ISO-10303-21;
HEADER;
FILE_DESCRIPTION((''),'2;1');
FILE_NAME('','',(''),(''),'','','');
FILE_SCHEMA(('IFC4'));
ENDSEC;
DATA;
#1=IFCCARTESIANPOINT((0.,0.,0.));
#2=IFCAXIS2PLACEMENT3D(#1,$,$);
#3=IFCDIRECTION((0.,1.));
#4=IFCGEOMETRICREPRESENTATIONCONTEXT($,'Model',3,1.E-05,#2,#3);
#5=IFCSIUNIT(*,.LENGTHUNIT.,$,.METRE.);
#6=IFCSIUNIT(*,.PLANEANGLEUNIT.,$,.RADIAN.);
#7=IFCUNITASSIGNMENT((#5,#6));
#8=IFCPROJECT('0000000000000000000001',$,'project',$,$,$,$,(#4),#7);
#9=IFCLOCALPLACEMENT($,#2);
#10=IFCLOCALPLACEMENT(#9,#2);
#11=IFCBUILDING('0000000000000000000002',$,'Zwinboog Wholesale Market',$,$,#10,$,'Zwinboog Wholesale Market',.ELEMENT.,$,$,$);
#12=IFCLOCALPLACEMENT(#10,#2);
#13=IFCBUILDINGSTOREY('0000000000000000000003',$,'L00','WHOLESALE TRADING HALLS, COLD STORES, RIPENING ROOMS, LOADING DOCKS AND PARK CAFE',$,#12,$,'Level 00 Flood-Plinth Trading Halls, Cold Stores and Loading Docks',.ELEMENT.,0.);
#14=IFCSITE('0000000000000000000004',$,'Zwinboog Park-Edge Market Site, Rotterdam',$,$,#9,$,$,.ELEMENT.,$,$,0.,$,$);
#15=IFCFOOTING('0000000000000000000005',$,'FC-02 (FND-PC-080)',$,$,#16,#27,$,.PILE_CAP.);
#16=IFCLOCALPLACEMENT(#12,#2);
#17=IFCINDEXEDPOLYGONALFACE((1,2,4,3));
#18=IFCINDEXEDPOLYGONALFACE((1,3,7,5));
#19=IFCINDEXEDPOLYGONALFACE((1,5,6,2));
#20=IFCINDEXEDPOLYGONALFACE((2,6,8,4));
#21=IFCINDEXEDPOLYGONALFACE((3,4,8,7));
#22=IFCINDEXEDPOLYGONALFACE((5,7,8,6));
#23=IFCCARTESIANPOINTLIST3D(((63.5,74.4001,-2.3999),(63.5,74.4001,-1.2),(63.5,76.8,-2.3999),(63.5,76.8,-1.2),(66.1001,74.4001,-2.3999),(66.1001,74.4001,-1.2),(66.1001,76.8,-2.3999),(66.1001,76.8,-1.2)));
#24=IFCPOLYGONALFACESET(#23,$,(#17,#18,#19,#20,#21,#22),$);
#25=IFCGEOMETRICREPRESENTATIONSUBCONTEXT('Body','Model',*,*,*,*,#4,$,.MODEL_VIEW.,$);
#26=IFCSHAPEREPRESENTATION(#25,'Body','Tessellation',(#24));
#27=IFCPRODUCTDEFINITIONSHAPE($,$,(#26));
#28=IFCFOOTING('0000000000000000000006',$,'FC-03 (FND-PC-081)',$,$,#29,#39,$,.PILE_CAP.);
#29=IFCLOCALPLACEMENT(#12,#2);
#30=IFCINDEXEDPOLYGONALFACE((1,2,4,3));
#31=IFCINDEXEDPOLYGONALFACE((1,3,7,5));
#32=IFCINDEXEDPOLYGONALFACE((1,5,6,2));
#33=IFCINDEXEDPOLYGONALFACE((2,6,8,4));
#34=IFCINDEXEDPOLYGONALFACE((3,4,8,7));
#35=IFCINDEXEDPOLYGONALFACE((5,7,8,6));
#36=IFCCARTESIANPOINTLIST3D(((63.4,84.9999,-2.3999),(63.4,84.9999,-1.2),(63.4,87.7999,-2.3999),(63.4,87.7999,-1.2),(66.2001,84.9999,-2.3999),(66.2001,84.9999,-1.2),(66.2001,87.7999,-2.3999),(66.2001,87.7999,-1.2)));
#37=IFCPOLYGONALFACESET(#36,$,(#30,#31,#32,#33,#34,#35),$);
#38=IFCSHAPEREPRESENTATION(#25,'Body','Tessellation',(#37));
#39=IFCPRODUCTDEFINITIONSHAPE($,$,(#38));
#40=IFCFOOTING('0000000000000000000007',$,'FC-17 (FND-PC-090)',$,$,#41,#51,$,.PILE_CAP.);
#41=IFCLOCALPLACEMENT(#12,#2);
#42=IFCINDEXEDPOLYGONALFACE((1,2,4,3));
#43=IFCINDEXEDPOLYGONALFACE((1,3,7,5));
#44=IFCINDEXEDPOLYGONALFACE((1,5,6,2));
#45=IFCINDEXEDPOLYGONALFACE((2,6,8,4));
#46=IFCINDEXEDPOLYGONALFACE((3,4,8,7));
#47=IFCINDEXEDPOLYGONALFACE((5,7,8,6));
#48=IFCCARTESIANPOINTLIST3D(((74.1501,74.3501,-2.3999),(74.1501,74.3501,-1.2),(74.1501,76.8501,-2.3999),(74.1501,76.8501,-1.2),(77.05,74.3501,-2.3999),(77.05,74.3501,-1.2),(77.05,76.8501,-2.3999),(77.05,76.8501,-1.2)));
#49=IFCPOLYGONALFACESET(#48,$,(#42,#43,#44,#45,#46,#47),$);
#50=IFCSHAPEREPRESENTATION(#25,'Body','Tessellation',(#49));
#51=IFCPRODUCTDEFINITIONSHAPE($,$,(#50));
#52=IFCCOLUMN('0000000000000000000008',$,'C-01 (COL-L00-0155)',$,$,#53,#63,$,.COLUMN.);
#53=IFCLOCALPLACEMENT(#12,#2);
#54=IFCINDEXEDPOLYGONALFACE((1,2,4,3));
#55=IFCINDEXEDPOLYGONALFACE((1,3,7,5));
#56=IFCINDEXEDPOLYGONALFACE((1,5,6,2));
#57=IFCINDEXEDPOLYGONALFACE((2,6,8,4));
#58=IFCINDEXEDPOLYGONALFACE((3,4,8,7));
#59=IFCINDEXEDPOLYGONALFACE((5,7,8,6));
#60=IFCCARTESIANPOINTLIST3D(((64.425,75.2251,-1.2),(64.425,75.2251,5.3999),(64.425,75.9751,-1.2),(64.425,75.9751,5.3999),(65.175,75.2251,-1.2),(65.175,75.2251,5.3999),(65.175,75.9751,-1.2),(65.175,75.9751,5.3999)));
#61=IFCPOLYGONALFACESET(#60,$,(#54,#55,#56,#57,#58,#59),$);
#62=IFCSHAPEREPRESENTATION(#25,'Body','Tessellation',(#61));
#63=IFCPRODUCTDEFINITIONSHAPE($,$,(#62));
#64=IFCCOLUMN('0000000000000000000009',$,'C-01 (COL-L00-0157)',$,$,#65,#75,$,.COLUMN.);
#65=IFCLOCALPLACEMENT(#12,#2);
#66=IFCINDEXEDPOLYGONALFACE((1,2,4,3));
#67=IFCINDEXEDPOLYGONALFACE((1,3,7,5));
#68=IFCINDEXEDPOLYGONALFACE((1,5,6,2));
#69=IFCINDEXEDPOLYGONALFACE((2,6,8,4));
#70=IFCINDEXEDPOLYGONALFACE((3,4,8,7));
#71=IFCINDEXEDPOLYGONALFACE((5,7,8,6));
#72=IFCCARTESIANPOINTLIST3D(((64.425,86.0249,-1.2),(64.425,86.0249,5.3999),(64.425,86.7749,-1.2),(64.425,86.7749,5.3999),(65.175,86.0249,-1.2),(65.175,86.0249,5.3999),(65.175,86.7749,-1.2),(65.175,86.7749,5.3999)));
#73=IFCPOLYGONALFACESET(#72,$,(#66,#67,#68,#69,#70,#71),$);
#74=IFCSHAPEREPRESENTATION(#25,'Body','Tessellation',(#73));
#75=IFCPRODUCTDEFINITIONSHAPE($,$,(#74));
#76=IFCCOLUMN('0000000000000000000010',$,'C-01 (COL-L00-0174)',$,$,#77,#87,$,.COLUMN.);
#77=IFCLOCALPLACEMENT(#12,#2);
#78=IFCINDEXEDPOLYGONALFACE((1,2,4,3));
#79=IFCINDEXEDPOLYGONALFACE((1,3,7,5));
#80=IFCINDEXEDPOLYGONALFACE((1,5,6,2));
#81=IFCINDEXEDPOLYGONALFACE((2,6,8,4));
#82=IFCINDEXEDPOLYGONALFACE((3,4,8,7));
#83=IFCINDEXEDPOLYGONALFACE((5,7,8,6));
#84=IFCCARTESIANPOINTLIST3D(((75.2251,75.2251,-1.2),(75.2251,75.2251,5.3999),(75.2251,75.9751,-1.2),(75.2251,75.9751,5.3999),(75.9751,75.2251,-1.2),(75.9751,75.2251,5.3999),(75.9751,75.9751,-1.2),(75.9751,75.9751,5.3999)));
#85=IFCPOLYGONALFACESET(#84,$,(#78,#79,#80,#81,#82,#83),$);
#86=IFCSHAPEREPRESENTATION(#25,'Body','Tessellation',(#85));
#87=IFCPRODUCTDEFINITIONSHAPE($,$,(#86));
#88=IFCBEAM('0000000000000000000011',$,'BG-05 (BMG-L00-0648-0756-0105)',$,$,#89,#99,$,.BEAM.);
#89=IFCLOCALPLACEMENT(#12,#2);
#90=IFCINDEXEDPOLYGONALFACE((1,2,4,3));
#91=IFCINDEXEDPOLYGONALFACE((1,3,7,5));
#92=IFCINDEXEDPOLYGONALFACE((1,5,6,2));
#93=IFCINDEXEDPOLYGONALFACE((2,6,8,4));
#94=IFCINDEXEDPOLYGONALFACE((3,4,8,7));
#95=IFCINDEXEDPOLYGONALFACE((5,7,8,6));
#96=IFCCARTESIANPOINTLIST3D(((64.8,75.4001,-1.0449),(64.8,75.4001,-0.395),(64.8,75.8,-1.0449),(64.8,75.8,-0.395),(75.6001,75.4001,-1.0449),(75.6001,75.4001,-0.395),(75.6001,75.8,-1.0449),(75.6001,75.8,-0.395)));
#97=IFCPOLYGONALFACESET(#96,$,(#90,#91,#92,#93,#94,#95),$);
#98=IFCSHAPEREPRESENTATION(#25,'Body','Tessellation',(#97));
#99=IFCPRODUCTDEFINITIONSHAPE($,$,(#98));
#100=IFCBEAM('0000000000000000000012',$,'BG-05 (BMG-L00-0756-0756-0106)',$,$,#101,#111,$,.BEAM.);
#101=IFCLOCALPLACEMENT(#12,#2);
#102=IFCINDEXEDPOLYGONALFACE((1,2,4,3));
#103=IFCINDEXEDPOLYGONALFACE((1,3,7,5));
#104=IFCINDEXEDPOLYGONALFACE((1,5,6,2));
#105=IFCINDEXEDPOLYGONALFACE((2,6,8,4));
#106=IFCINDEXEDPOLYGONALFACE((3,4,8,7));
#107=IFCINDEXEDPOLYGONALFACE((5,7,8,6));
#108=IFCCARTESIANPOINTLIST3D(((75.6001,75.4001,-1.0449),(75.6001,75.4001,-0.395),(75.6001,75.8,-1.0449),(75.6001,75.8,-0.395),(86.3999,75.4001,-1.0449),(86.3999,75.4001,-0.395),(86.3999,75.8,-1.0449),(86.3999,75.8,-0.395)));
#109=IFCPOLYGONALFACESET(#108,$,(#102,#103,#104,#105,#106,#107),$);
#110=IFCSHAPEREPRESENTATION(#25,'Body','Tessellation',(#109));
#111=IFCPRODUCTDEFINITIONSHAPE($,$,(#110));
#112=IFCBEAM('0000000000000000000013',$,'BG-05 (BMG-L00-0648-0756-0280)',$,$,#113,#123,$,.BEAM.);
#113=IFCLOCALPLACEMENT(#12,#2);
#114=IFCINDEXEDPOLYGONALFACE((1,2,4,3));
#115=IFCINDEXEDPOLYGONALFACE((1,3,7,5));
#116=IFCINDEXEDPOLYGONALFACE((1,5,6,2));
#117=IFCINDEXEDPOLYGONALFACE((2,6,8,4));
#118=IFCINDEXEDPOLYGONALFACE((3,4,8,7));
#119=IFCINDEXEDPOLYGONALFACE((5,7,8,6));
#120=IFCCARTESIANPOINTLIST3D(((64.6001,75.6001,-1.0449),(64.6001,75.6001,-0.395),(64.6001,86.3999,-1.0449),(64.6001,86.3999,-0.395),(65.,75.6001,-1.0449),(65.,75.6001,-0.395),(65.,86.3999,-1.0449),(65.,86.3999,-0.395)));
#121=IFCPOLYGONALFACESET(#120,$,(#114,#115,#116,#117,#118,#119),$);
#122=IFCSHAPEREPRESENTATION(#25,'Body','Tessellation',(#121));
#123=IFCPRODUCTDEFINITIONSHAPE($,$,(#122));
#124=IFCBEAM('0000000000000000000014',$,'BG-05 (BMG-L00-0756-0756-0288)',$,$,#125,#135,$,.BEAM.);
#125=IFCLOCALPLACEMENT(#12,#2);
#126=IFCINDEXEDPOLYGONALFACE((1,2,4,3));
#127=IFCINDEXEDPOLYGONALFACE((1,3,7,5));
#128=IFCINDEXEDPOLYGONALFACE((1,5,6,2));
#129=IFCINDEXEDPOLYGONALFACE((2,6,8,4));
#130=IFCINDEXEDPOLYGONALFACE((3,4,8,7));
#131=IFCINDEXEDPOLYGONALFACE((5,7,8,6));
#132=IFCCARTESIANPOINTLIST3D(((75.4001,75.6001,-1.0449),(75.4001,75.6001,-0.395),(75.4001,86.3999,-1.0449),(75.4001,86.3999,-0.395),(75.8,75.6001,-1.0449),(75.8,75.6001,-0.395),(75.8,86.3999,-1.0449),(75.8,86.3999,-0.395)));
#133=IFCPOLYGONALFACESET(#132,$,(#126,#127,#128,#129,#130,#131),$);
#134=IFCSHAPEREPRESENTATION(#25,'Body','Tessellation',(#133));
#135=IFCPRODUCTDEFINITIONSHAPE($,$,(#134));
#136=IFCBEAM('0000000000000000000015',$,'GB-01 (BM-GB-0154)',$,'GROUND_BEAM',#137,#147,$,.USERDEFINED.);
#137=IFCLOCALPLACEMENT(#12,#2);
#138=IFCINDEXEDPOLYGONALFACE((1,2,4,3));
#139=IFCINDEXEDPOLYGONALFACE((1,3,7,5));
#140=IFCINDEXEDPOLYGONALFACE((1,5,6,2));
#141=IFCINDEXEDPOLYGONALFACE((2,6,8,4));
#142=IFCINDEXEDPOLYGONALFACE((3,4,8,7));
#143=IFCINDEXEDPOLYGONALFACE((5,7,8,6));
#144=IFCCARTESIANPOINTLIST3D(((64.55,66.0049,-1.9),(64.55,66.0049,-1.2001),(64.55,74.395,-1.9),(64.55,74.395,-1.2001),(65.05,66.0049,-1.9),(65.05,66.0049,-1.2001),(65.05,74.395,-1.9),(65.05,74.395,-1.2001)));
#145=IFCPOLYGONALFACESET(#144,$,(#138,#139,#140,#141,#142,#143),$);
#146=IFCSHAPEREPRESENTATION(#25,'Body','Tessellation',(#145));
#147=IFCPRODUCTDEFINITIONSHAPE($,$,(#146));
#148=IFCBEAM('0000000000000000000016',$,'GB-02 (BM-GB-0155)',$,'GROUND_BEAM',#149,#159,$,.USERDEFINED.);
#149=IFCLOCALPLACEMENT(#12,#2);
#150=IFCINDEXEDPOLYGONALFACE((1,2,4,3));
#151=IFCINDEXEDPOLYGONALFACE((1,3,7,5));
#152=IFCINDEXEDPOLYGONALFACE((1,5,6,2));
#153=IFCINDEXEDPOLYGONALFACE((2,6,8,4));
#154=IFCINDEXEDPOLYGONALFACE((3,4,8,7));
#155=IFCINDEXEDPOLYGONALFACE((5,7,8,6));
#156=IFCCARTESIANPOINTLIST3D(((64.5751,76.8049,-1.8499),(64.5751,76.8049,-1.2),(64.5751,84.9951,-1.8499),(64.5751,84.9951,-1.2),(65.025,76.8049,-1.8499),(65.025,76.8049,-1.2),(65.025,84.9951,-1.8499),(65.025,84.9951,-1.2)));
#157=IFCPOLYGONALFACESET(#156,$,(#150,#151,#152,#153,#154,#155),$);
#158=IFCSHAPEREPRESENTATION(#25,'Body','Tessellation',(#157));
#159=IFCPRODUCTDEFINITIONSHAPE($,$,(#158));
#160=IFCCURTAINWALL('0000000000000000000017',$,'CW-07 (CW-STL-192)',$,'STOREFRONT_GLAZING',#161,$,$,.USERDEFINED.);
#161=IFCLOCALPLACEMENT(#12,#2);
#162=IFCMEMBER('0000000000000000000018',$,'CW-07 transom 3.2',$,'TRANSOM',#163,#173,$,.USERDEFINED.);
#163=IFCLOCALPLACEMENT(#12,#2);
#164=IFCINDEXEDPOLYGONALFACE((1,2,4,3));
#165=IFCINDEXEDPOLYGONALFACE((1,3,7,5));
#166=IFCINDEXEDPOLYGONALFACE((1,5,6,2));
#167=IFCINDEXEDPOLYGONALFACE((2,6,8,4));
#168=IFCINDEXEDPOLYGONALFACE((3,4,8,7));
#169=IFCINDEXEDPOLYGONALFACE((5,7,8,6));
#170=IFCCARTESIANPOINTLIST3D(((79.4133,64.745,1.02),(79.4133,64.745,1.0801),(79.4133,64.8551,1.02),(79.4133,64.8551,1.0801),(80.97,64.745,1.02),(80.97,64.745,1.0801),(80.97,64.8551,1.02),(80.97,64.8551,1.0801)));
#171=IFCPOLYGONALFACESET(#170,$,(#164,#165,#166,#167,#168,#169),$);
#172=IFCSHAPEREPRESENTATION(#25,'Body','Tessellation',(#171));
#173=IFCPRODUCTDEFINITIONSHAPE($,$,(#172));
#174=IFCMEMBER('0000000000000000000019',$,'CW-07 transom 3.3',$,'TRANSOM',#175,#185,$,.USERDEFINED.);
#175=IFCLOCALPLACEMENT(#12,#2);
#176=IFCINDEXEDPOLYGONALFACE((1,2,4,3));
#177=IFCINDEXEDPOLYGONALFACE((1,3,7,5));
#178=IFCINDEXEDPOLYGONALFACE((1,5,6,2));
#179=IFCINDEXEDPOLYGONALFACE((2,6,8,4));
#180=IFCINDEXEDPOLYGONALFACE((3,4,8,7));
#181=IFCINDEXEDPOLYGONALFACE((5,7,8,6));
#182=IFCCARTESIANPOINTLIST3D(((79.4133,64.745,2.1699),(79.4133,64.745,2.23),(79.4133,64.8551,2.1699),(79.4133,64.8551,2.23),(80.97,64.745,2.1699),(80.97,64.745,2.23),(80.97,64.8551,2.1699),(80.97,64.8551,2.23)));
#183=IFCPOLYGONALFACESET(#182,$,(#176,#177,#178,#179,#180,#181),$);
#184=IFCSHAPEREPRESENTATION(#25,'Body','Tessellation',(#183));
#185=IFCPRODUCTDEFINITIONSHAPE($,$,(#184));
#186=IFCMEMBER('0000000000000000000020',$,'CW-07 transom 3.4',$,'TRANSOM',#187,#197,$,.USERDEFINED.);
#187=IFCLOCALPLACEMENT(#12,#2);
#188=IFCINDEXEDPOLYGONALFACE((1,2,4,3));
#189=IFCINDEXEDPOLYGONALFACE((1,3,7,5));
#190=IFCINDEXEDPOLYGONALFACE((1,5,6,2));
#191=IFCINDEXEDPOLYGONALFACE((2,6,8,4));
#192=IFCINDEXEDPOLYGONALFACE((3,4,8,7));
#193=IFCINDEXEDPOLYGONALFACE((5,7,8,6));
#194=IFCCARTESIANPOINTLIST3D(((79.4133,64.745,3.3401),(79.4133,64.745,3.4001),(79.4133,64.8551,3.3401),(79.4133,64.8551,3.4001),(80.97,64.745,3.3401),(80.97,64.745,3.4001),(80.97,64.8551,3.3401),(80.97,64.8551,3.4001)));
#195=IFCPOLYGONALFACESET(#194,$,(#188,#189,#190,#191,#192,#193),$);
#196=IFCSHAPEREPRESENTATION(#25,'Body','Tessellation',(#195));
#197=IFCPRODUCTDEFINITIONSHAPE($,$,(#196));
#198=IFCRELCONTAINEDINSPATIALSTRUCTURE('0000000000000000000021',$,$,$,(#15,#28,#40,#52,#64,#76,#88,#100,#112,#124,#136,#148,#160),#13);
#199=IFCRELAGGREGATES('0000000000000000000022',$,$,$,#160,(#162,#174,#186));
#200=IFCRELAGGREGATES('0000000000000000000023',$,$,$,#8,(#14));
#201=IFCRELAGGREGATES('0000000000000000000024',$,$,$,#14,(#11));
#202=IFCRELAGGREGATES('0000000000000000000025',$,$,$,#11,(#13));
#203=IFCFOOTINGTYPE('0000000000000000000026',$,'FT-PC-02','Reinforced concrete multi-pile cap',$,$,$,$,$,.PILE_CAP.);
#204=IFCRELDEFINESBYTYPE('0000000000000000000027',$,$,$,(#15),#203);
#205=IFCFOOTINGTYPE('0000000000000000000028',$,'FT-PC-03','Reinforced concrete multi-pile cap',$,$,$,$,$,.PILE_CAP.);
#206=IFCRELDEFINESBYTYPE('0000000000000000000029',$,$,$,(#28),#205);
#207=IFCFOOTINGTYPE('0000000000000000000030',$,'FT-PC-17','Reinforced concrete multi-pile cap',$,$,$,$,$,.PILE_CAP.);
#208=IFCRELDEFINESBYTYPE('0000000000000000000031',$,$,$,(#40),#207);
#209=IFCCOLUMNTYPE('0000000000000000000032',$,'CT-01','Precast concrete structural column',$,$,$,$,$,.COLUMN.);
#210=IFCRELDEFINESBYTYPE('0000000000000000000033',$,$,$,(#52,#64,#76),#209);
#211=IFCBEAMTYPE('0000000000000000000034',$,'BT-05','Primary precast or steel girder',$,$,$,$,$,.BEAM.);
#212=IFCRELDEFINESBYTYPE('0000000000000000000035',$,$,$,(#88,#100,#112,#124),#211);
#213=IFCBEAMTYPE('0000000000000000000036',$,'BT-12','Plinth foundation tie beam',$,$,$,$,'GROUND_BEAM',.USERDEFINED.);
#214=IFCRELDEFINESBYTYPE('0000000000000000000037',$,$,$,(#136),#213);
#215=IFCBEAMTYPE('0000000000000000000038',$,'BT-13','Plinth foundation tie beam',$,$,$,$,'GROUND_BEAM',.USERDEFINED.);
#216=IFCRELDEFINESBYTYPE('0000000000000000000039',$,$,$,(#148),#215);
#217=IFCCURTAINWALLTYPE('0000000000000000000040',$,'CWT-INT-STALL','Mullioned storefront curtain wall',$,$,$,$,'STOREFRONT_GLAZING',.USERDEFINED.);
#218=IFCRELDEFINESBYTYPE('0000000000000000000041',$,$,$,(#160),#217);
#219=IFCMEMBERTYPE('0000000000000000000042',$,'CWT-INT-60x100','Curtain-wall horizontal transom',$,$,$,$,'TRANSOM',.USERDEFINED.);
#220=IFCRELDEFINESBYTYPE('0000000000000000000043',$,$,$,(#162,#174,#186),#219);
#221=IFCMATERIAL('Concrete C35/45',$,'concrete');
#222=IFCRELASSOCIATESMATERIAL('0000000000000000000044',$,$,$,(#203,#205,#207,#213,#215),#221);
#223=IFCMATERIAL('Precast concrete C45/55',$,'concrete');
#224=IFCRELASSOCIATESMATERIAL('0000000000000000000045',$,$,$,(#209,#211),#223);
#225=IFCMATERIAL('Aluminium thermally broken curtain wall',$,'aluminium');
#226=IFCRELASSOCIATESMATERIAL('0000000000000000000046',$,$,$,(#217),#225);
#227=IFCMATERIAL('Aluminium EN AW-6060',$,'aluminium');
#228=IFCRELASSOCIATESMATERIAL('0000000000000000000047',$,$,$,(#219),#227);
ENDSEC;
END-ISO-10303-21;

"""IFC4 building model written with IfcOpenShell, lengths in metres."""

from ifc_helpers import new_model, si_unit, direction, frame, origin, origin_2d, place, context, subcontext, project, spatial, rectangle, extrude, material, material_profile, profile_set, type_object, element, aggregate, save


model = new_model("IFC4")

# Units and contexts
model_context = context("Model", 3, precision=1e-05, world=origin(), true_north=direction((0.0, 1.0)))
body_context = subcontext(model_context, "Body", "Model", "MODEL_VIEW")
ifc_project = project(units=[si_unit("LENGTHUNIT", "METRE"), si_unit("PLANEANGLEUNIT", "RADIAN")], contexts=[model_context])

# Site, building, storey
site_placement = place(None, origin())
site = spatial("IfcSite", under=ifc_project, at=site_placement, Name="Zwinboog Park-Edge Market Site, Rotterdam", CompositionType="ELEMENT", RefElevation=0.0)
building_placement = place(site_placement, origin())
building = spatial("IfcBuilding", under=site, at=building_placement, Name="Zwinboog Wholesale Market", LongName="Zwinboog Wholesale Market", CompositionType="ELEMENT")
storey_placement = place(building_placement, origin())
storey = spatial("IfcBuildingStorey", under=building, at=storey_placement, Name="L00", Description="WHOLESALE TRADING HALLS, COLD STORES, RIPENING ROOMS, LOADING DOCKS AND PARK CAFE", LongName="Level 00 Flood-Plinth Trading Halls, Cold Stores and Loading Docks", CompositionType="ELEMENT", Elevation=0.0)

# Footings
ifc_material_1 = material(Name="Concrete C35/45", Category="concrete")
footing_type_1 = type_object("IfcFootingType", Name="FT-PC-02", Description="Reinforced concrete multi-pile cap", PredefinedType="PILE_CAP", material=ifc_material_1)
footing_1_placement = place(storey_placement, frame((64.8, 75.6001, -2.3999), z_axis=(0.0, 0.0, 1.0), x_axis=(1.0, 0.0, 0.0)))
element("IfcFooting", 1, at=footing_1_placement, inside=storey, type_object=footing_type_1, Name="FC-02 (FND-PC-080)", PredefinedType="PILE_CAP", context=body_context, shape_type="SweptSolid", body=[
    extrude(rectangle(XDim=2.6001, YDim=2.3999, at=origin_2d()), origin(), (0.0, 0.0, 1.0), 1.2),
])
footing_type_2 = type_object("IfcFootingType", Name="FT-PC-03", Description="Reinforced concrete multi-pile cap", PredefinedType="PILE_CAP", material=ifc_material_1)
footing_2_placement = place(storey_placement, frame((64.8, 86.3999, -2.3999), z_axis=(0.0, 0.0, 1.0), x_axis=(1.0, 0.0, 0.0)))
element("IfcFooting", 2, at=footing_2_placement, inside=storey, type_object=footing_type_2, Name="FC-03 (FND-PC-081)", PredefinedType="PILE_CAP", context=body_context, shape_type="SweptSolid", body=[
    extrude(rectangle(XDim=2.8, YDim=2.8, at=origin_2d()), origin(), (0.0, 0.0, 1.0), 1.2),
])
footing_type_3 = type_object("IfcFootingType", Name="FT-PC-17", Description="Reinforced concrete multi-pile cap", PredefinedType="PILE_CAP", material=ifc_material_1)
footing_3_placement = place(storey_placement, frame((75.6001, 75.6001, -2.3999), z_axis=(0.0, 0.0, 1.0), x_axis=(1.0, 0.0, 0.0)))
element("IfcFooting", 3, at=footing_3_placement, inside=storey, type_object=footing_type_3, Name="FC-17 (FND-PC-090)", PredefinedType="PILE_CAP", context=body_context, shape_type="SweptSolid", body=[
    extrude(rectangle(XDim=2.8999, YDim=2.5, at=origin_2d()), origin(), (0.0, 0.0, 1.0), 1.2),
])

# Columns
ifc_material_2 = material(Name="Precast concrete C45/55", Category="concrete")
ifc_material_profile_1 = material_profile(ifc_material_2, rectangle(XDim=0.75, YDim=0.75, at=origin_2d()), Name="PC 750x750")
ifc_profile_set_1 = profile_set([ifc_material_profile_1], Name="Precast concrete C45/55")
column_type = type_object("IfcColumnType", Name="CT-01", Description="Precast concrete structural column", PredefinedType="COLUMN", material=ifc_profile_set_1)
for number, where, z_axis, x_axis, name in (
    (4, (64.8, 75.6001, -1.2), (0.0, 0.0, 1.0), (1.0, 0.0, 0.0), "C-01 (COL-L00-0155)"),
    (5, (64.8, 86.3999, -1.2), (0.0, 0.0, 1.0), (1.0, 0.0, 0.0), "C-01 (COL-L00-0157)"),
    (6, (75.6001, 75.6001, -1.2), (0.0, 0.0, 1.0), (1.0, 0.0, 0.0), "C-01 (COL-L00-0174)"),
):
    element("IfcColumn", number, at=place(storey_placement, frame(where, z_axis=z_axis, x_axis=x_axis)), inside=storey, type_object=column_type, Name=name, PredefinedType="COLUMN", context=body_context, shape_type="SweptSolid", body=[
        extrude(rectangle(XDim=0.75, YDim=0.75, at=origin_2d()), origin(), (0.0, 0.0, 1.0), 6.5999),
    ])

# Beams
ifc_material_profile_2 = material_profile(ifc_material_2, rectangle(XDim=0.3999, YDim=0.6499, at=origin_2d()), Name="PC 400x650")
ifc_profile_set_2 = profile_set([ifc_material_profile_2], Name="Precast concrete C45/55")
beam_type_1 = type_object("IfcBeamType", Name="BT-05", Description="Primary precast or steel girder", PredefinedType="BEAM", material=ifc_profile_set_2)
beam_1_placement = place(storey_placement, frame((64.8, 75.6001, -0.72), z_axis=(1.0, 0.0, 0.0), x_axis=(0.0, 1.0, 0.0)))
element("IfcBeam", 7, at=beam_1_placement, inside=storey, type_object=beam_type_1, Name="BG-05 (BMG-L00-0648-0756-0105)", PredefinedType="BEAM", context=body_context, shape_type="SweptSolid", body=[
    extrude(rectangle(XDim=0.3999, YDim=0.6499, at=origin_2d()), origin(), (0.0, 0.0, 1.0), 10.8),
])
for number, where, z_axis, x_axis, name in (
    (8, (75.6001, 75.6001, -0.72), (1.0, 0.0, 0.0), (0.0, 1.0, 0.0), "BG-05 (BMG-L00-0756-0756-0106)"),
    (9, (64.8, 75.6001, -0.72), (0.0, 1.0, 0.0), (-1.0, 0.0, 0.0), "BG-05 (BMG-L00-0648-0756-0280)"),
    (10, (75.6001, 75.6001, -0.72), (0.0, 1.0, 0.0), (-1.0, 0.0, 0.0), "BG-05 (BMG-L00-0756-0756-0288)"),
):
    element("IfcBeam", number, at=place(storey_placement, frame(where, z_axis=z_axis, x_axis=x_axis)), inside=storey, type_object=beam_type_1, Name=name, PredefinedType="BEAM", context=body_context, shape_type="SweptSolid", body=[
        extrude(rectangle(XDim=0.3999, YDim=0.6499, at=origin_2d()), origin(), (0.0, 0.0, 1.0), 10.7998),
    ])
ifc_material_profile_3 = material_profile(ifc_material_1, rectangle(XDim=0.5, YDim=0.7, at=origin_2d()), Name="RC 500x700")
ifc_profile_set_3 = profile_set([ifc_material_profile_3], Name="Concrete C35/45")
beam_type_2 = type_object("IfcBeamType", Name="BT-12", Description="Plinth foundation tie beam", ElementType="GROUND_BEAM", PredefinedType="USERDEFINED", material=ifc_profile_set_3)
beam_2_placement = place(storey_placement, frame((64.8, 66.0049, -1.55), z_axis=(0.0, 1.0, 0.0), x_axis=(-1.0, 0.0, 0.0)))
element("IfcBeam", 11, at=beam_2_placement, inside=storey, type_object=beam_type_2, Name="GB-01 (BM-GB-0154)", ObjectType="GROUND_BEAM", PredefinedType="USERDEFINED", context=body_context, shape_type="SweptSolid", body=[
    extrude(rectangle(XDim=0.5, YDim=0.7, at=origin_2d()), origin(), (0.0, 0.0, 1.0), 8.3901),
])
ifc_material_profile_4 = material_profile(ifc_material_1, rectangle(XDim=0.45, YDim=0.6499, at=origin_2d()), Name="RC 450x650")
ifc_profile_set_4 = profile_set([ifc_material_profile_4], Name="Concrete C35/45")
beam_type_3 = type_object("IfcBeamType", Name="BT-13", Description="Plinth foundation tie beam", ElementType="GROUND_BEAM", PredefinedType="USERDEFINED", material=ifc_profile_set_4)
beam_3_placement = place(storey_placement, frame((64.8, 76.8049, -1.5249), z_axis=(0.0, 1.0, 0.0), x_axis=(-1.0, 0.0, 0.0)))
element("IfcBeam", 12, at=beam_3_placement, inside=storey, type_object=beam_type_3, Name="GB-02 (BM-GB-0155)", ObjectType="GROUND_BEAM", PredefinedType="USERDEFINED", context=body_context, shape_type="SweptSolid", body=[
    extrude(rectangle(XDim=0.45, YDim=0.6499, at=origin_2d()), origin(), (0.0, 0.0, 1.0), 8.1902),
])

# Curtain wall, members
ifc_material_3 = material(Name="Aluminium thermally broken curtain wall", Category="aluminium")
curtain_wall_type = type_object("IfcCurtainWallType", Name="CWT-INT-STALL", Description="Mullioned storefront curtain wall", ElementType="STOREFRONT_GLAZING", PredefinedType="USERDEFINED", material=ifc_material_3)
curtain_wall_placement = place(storey_placement, origin())
curtain_wall = element("IfcCurtainWall", 13, at=curtain_wall_placement, inside=storey, type_object=curtain_wall_type, Name="CW-07 (CW-STL-192)", ObjectType="STOREFRONT_GLAZING", PredefinedType="USERDEFINED")
ifc_material_4 = material(Name="Aluminium EN AW-6060", Category="aluminium")
ifc_material_profile_5 = material_profile(ifc_material_4, rectangle(XDim=0.1101, YDim=0.0601, at=origin_2d()), Name="AL 60x110")
ifc_profile_set_5 = profile_set([ifc_material_profile_5], Name="Aluminium EN AW-6060")
member_type = type_object("IfcMemberType", Name="CWT-INT-60x100", Description="Curtain-wall horizontal transom", ElementType="TRANSOM", PredefinedType="USERDEFINED", material=ifc_profile_set_5)
member_1_placement = place(storey_placement, frame((79.4133, 64.8, 1.05), z_axis=(1.0, 0.0, 0.0), x_axis=(0.0, 1.0, 0.0)))
member_1 = element("IfcMember", 14, at=member_1_placement, type_object=member_type, Name="CW-07 transom 3.2", ObjectType="TRANSOM", PredefinedType="USERDEFINED", context=body_context, shape_type="SweptSolid", body=[
    extrude(rectangle(XDim=0.1101, YDim=0.0601, at=origin_2d()), origin(), (0.0, 0.0, 1.0), 1.5566),
])
member_2_placement = place(storey_placement, frame((79.4133, 64.8, 2.2), z_axis=(1.0, 0.0, 0.0), x_axis=(0.0, 1.0, 0.0)))
member_2 = element("IfcMember", 15, at=member_2_placement, type_object=member_type, Name="CW-07 transom 3.3", ObjectType="TRANSOM", PredefinedType="USERDEFINED", context=body_context, shape_type="SweptSolid", body=[
    extrude(rectangle(XDim=0.1101, YDim=0.0601, at=origin_2d()), origin(), (0.0, 0.0, 1.0), 1.5566),
])
member_3_placement = place(storey_placement, frame((79.4133, 64.8, 3.3701), z_axis=(1.0, 0.0, 0.0), x_axis=(0.0, 1.0, 0.0)))
member_3 = element("IfcMember", 16, at=member_3_placement, type_object=member_type, Name="CW-07 transom 3.4", ObjectType="TRANSOM", PredefinedType="USERDEFINED", context=body_context, shape_type="SweptSolid", body=[
    extrude(rectangle(XDim=0.1101, YDim=0.0601, at=origin_2d()), origin(), (0.0, 0.0, 1.0), 1.5566),
])
aggregate(curtain_wall, [member_1, member_2, member_3])

save(model, "model.ifc")
